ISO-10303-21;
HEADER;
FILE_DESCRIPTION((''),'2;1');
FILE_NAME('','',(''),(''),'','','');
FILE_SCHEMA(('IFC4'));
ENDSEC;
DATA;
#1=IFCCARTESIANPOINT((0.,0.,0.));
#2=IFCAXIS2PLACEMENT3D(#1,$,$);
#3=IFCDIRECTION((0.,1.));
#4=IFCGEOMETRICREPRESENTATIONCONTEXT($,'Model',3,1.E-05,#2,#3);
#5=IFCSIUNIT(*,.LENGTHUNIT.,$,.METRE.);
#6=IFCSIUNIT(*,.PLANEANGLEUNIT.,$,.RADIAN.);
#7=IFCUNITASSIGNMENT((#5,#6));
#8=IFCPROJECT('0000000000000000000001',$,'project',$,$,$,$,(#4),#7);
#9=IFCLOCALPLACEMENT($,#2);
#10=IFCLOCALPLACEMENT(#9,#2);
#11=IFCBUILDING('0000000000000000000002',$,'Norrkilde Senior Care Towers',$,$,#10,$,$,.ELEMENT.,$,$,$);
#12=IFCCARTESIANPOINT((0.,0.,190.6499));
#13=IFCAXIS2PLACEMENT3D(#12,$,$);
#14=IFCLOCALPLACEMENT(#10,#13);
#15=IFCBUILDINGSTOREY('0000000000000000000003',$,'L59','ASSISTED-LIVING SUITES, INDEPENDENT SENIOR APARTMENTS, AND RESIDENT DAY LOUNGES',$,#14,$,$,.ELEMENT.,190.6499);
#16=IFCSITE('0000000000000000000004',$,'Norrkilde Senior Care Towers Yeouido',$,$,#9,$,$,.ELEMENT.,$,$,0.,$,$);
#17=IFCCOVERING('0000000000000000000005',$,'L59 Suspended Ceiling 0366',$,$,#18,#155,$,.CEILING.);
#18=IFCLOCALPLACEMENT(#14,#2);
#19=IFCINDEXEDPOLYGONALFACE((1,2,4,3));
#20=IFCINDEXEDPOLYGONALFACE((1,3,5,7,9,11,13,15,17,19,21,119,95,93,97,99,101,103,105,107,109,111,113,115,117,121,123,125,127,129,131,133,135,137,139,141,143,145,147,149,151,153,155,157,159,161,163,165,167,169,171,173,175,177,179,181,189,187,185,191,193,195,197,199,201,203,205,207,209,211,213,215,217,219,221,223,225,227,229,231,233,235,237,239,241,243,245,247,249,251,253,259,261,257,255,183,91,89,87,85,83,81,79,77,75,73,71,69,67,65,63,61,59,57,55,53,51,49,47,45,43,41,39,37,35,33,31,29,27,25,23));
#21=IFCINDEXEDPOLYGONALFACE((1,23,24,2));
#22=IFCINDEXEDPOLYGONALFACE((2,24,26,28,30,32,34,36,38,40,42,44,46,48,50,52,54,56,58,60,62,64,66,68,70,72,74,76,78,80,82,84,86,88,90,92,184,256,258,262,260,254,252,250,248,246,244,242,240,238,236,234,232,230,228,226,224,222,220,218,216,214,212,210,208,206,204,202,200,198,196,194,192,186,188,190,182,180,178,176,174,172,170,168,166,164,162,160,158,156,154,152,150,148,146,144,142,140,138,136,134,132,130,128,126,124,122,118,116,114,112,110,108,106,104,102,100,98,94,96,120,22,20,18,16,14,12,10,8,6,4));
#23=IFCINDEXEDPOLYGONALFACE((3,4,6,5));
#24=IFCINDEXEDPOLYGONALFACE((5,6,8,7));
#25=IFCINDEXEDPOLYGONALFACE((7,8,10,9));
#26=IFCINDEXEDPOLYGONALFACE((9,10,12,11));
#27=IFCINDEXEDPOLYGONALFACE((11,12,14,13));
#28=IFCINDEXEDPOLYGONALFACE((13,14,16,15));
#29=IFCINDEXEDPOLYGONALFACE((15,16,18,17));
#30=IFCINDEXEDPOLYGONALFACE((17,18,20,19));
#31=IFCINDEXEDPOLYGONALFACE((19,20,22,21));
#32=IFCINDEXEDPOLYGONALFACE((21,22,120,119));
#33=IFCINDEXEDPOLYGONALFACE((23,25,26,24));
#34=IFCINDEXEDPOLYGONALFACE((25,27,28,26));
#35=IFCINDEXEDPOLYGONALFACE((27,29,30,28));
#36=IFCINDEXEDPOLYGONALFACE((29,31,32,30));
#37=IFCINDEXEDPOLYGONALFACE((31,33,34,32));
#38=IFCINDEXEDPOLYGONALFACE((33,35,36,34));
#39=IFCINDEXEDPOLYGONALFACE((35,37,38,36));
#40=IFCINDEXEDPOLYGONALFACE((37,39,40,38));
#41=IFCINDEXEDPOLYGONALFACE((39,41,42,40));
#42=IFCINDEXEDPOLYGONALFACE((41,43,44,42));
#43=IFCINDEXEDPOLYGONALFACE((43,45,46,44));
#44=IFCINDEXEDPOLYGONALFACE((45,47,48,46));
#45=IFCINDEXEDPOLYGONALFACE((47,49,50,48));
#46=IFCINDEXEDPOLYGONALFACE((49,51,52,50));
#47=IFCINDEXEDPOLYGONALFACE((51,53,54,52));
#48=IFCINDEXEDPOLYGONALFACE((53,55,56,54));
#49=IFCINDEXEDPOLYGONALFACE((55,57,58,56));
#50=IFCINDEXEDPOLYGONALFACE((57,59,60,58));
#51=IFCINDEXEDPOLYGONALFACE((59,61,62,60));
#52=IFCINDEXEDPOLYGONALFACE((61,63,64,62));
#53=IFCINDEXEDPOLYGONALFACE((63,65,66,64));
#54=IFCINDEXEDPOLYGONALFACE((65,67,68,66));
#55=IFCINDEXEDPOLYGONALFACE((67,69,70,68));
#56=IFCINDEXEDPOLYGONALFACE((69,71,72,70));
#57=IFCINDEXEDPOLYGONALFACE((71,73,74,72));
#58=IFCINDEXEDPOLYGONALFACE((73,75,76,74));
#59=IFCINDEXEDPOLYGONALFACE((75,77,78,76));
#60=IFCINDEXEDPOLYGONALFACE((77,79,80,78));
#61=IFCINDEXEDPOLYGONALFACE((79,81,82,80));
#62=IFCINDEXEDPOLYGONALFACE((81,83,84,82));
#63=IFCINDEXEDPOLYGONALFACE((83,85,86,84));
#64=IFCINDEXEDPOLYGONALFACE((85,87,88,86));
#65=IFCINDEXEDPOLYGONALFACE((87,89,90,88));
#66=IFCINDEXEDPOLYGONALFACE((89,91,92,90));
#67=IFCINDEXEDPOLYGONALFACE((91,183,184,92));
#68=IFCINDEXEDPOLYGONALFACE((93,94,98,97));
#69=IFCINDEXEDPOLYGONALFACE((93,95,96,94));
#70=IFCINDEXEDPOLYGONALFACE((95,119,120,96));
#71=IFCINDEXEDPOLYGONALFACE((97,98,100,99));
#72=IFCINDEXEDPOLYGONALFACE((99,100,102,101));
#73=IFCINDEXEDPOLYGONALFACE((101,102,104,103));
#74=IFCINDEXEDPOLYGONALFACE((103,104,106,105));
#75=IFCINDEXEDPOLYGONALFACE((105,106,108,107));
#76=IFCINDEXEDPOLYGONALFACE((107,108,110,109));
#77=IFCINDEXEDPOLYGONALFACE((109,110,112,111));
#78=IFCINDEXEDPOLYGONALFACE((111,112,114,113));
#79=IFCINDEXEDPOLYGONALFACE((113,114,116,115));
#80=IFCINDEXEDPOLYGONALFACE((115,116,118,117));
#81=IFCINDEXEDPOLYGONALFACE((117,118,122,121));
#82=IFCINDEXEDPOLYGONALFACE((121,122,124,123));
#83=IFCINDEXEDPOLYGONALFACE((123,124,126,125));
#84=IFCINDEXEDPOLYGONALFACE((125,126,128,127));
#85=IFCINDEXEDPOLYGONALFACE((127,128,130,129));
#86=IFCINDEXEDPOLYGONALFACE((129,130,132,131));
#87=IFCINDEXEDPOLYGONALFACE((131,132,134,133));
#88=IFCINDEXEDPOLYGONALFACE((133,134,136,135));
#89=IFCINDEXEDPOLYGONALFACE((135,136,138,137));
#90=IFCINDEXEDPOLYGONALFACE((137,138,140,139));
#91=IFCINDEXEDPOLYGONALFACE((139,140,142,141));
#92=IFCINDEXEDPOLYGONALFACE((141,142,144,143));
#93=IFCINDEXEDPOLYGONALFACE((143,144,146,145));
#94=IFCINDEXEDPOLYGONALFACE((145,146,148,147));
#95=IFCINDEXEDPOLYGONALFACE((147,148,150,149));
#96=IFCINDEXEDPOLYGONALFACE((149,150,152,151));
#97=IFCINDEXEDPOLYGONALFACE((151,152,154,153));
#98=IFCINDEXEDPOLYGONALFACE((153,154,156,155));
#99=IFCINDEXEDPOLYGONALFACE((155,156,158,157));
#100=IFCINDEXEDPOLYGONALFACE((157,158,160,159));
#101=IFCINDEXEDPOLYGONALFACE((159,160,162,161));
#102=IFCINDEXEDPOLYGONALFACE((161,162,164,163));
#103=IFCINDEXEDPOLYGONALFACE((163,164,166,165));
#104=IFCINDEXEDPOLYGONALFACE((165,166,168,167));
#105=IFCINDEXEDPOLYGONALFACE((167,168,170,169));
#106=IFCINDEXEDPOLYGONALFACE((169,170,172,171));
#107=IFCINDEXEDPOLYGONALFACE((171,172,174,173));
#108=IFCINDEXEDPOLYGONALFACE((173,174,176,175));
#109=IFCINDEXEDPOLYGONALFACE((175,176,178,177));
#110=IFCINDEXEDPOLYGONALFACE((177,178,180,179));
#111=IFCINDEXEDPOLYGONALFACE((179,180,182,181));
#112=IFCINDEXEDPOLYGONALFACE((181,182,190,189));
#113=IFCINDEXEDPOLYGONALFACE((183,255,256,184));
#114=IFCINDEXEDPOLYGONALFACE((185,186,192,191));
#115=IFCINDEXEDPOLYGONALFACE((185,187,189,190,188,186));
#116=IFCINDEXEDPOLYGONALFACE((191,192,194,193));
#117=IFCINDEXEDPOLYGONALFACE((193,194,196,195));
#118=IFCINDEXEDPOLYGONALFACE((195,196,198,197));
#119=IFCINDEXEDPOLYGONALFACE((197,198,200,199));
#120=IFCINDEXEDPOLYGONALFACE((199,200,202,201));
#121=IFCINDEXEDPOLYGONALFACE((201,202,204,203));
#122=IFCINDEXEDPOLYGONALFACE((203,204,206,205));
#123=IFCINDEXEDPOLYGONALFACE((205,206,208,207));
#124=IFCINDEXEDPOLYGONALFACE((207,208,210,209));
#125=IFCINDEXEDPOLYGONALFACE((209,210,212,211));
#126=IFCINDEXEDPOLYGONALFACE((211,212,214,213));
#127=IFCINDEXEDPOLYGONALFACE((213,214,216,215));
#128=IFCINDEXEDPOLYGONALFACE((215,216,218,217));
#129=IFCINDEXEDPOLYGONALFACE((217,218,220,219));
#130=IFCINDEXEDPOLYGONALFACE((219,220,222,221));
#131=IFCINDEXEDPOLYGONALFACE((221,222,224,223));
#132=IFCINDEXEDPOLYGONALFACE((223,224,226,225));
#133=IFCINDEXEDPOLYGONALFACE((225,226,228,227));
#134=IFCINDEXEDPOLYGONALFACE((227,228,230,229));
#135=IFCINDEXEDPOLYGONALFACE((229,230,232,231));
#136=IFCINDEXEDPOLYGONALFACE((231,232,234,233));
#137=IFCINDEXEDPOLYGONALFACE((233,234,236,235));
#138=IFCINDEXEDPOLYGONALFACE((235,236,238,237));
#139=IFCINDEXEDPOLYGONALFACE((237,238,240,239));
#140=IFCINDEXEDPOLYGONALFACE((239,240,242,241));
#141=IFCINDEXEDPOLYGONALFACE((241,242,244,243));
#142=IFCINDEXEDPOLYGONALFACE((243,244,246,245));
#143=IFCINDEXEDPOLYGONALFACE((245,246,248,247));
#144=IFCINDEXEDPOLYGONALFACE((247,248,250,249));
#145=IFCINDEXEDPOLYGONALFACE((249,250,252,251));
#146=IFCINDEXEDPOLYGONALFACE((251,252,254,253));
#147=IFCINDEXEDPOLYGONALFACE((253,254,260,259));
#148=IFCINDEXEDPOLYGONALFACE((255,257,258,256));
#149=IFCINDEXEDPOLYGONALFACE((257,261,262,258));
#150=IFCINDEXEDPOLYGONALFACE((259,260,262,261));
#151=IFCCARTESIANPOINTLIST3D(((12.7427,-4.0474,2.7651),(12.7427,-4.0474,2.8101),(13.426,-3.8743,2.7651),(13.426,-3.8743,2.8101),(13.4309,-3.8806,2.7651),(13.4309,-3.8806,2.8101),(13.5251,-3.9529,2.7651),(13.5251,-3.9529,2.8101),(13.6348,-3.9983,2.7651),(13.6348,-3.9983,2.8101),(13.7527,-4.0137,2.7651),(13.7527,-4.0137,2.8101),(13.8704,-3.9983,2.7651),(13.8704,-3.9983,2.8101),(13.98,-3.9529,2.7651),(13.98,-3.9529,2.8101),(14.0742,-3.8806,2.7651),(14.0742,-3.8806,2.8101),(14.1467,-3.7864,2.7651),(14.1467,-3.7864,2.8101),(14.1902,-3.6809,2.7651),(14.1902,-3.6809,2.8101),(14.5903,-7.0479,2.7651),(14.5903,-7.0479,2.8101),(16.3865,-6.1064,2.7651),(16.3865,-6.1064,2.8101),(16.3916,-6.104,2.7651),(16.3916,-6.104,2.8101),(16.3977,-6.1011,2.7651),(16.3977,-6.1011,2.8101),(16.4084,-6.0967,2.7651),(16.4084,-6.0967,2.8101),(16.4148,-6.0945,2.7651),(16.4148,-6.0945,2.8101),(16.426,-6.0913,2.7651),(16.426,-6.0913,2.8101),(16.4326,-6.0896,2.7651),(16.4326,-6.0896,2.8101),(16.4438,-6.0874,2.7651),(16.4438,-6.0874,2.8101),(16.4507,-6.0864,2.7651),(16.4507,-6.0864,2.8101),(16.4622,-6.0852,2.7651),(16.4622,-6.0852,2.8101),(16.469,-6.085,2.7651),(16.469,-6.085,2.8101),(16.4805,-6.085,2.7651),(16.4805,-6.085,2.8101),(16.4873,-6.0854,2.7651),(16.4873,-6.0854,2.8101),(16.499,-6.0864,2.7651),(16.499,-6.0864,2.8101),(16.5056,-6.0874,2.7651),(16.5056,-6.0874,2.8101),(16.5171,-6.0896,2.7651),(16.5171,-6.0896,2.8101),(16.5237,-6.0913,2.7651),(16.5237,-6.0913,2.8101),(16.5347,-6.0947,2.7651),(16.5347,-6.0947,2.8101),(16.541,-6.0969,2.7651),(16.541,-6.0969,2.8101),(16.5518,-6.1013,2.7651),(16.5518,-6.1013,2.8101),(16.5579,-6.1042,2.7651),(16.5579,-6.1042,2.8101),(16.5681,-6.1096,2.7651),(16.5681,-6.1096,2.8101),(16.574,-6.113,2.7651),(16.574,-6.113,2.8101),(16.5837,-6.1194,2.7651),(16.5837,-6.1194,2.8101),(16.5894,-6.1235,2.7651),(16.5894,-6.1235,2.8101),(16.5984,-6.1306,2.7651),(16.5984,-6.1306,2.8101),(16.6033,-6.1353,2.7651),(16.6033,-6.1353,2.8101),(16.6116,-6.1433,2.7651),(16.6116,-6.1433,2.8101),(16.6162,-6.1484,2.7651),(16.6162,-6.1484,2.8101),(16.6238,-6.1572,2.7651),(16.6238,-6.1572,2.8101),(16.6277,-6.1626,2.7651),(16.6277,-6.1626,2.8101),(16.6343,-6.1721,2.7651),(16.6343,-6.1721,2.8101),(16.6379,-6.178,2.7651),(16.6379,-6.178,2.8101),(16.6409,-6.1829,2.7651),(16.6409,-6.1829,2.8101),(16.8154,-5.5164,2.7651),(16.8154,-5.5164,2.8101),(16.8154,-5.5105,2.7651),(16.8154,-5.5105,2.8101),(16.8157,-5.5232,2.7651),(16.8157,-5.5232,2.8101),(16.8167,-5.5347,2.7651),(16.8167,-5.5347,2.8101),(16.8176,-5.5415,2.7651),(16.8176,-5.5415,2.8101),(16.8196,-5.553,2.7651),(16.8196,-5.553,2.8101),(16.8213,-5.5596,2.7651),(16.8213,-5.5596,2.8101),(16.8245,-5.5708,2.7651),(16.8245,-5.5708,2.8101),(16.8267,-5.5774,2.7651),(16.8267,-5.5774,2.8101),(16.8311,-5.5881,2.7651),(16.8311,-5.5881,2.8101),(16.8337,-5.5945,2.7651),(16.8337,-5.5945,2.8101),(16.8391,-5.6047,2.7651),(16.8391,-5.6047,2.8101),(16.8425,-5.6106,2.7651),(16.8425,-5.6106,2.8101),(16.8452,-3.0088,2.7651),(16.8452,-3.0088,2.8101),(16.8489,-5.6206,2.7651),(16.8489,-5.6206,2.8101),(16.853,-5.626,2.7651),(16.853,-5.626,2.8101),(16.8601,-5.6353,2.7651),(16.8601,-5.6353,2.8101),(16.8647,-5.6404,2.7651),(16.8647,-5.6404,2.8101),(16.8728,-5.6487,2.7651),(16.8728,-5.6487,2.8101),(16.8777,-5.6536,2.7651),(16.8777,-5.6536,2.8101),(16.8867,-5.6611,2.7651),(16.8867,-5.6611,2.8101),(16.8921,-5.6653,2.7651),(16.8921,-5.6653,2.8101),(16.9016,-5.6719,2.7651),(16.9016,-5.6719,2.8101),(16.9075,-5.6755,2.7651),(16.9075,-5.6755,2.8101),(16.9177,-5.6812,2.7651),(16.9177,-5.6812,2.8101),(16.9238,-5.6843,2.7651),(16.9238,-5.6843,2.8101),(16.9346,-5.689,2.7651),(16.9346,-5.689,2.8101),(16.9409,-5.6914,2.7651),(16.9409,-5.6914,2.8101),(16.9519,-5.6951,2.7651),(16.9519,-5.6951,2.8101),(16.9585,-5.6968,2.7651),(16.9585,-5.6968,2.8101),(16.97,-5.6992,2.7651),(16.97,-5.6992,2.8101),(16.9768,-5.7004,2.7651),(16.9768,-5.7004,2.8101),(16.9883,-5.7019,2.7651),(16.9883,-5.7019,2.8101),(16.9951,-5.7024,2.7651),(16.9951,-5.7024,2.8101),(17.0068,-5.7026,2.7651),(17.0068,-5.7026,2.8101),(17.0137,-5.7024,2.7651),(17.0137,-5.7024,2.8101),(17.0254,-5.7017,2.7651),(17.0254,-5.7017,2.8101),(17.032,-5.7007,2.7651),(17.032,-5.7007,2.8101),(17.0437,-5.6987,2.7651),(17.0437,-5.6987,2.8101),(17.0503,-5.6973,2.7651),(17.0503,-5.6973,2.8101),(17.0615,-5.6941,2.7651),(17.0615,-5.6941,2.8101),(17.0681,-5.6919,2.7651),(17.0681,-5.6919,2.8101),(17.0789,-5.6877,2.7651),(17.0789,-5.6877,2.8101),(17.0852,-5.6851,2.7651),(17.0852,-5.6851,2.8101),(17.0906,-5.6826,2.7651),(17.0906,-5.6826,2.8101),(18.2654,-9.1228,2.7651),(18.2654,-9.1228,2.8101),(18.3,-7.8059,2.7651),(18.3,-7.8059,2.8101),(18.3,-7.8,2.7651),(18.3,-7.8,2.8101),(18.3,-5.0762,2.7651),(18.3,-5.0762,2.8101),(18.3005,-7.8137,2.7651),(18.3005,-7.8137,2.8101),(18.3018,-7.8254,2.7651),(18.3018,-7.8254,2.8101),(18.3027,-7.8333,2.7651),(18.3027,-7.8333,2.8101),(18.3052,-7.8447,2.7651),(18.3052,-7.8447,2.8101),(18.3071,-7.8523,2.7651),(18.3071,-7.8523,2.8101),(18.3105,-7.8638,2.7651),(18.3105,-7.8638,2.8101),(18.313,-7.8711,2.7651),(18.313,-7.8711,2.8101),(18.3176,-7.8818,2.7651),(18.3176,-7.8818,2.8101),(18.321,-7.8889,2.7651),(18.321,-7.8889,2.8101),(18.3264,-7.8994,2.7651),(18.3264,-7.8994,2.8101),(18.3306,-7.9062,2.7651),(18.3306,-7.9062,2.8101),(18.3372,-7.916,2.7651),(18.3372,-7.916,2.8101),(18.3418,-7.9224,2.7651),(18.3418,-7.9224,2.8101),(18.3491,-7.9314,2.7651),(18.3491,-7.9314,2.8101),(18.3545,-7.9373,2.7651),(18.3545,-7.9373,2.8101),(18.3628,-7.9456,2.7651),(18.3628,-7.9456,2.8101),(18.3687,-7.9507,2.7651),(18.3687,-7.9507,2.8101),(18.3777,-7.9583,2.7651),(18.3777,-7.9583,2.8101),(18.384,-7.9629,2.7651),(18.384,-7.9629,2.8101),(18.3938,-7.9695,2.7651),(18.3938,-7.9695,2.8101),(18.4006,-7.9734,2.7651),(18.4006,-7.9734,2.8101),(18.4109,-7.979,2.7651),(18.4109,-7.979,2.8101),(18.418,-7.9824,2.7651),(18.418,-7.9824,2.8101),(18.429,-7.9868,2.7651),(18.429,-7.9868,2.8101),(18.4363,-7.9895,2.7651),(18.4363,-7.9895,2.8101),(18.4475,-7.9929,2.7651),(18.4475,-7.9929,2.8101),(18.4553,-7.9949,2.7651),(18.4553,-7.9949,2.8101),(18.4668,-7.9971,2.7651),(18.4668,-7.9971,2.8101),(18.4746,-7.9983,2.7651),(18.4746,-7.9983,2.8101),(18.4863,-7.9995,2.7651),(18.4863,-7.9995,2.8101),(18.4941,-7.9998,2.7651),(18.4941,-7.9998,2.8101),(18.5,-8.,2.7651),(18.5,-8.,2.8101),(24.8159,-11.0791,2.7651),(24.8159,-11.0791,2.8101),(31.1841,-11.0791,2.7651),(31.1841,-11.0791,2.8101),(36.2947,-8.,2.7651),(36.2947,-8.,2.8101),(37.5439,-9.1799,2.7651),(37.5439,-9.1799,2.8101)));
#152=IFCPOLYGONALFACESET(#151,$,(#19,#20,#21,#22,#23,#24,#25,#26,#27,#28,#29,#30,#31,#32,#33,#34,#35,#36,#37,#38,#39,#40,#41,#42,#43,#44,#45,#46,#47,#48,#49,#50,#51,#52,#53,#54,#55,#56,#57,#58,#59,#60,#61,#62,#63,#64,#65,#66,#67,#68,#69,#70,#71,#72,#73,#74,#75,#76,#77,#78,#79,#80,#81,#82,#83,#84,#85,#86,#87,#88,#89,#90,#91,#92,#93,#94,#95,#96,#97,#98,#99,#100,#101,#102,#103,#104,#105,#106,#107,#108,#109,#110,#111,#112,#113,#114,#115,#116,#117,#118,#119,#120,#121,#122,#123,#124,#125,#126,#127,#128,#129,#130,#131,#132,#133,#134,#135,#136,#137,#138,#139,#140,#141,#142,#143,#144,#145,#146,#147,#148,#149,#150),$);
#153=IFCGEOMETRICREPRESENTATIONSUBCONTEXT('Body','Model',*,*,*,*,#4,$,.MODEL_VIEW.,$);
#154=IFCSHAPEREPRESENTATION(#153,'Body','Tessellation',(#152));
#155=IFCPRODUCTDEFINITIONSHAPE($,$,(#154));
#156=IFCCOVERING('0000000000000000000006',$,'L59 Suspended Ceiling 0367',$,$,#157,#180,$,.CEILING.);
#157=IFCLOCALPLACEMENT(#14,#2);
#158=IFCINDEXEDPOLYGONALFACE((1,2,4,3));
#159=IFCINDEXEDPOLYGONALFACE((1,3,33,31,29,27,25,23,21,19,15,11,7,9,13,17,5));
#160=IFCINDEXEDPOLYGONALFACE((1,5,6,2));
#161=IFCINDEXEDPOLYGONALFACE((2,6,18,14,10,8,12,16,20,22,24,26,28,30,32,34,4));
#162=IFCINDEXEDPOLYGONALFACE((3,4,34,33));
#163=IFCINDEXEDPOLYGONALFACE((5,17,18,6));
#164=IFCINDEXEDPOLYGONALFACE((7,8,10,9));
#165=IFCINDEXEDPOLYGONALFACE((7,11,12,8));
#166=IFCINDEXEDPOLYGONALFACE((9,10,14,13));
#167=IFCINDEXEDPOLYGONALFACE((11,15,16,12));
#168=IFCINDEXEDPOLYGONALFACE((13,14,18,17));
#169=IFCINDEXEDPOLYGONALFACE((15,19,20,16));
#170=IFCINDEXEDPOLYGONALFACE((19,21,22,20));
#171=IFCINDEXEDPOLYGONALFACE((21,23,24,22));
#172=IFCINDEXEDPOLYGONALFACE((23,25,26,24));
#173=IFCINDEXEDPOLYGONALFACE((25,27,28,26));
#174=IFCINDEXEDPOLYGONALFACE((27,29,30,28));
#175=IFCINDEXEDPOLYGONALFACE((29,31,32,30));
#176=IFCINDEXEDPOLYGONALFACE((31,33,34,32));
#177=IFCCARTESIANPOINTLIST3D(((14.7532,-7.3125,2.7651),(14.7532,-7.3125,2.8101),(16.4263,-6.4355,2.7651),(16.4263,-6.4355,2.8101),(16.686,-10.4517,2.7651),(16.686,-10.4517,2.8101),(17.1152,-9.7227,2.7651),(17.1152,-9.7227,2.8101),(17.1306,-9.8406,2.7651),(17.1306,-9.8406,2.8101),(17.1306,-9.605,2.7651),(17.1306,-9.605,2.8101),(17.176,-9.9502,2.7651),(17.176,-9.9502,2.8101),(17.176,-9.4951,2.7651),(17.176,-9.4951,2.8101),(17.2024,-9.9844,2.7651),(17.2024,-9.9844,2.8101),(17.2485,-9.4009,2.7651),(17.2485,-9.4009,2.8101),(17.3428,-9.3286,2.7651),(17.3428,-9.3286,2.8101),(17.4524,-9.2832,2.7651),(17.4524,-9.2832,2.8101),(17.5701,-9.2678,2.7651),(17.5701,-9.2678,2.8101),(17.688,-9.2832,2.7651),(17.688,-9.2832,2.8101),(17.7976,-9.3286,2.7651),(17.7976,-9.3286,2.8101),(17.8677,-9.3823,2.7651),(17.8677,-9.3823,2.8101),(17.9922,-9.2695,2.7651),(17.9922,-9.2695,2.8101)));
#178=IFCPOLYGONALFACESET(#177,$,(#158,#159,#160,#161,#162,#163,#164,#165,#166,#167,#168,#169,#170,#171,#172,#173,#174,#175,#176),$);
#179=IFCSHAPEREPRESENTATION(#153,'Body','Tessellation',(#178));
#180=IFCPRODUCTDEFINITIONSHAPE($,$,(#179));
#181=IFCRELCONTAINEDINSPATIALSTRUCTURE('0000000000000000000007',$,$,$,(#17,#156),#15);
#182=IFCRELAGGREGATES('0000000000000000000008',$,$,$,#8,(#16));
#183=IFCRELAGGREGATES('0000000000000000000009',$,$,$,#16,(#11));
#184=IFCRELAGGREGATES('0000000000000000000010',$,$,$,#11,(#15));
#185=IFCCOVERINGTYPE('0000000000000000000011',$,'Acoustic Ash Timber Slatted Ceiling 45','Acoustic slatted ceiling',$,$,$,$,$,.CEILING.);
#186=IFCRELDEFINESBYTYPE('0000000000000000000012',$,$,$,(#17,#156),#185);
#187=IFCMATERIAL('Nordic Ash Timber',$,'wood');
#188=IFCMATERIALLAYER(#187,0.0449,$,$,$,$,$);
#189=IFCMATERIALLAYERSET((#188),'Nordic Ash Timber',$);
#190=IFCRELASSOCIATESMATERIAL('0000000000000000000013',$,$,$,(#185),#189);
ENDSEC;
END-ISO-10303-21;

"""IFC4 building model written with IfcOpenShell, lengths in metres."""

from ifc_helpers import new_model, si_unit, direction, frame, origin, place, context, subcontext, project, spatial, polyline, outline, extrude, material, layer, layer_set, type_object, element, save


model = new_model("IFC4")

# Units and contexts
model_context = context("Model", 3, precision=1e-05, world=origin(), true_north=direction((0.0, 1.0)))
body_context = subcontext(model_context, "Body", "Model", "MODEL_VIEW")
ifc_project = project(units=[si_unit("LENGTHUNIT", "METRE"), si_unit("PLANEANGLEUNIT", "RADIAN")], contexts=[model_context])

# Site, building, storey
site_placement = place(None, origin())
site = spatial("IfcSite", under=ifc_project, at=site_placement, Name="Norrkilde Senior Care Towers Yeouido", CompositionType="ELEMENT", RefElevation=0.0)
building_placement = place(site_placement, origin())
building = spatial("IfcBuilding", under=site, at=building_placement, Name="Norrkilde Senior Care Towers", CompositionType="ELEMENT")
storey_placement = place(building_placement, frame((0.0, 0.0, 190.6499)))
storey = spatial("IfcBuildingStorey", under=building, at=storey_placement, Name="L59", Description="ASSISTED-LIVING SUITES, INDEPENDENT SENIOR APARTMENTS, AND RESIDENT DAY LOUNGES", CompositionType="ELEMENT", Elevation=190.6499)

# Coverings
ifc_material_1 = material(Name="Nordic Ash Timber", Category="wood")
ifc_layer_1 = layer(ifc_material_1, 0.0449)
ifc_layer_set_1 = layer_set([ifc_layer_1], Name="Nordic Ash Timber")
covering_type_1 = type_object("IfcCoveringType", Name="Acoustic Ash Timber Slatted Ceiling 45", Description="Acoustic slatted ceiling", PredefinedType="CEILING", material=ifc_layer_set_1)
covering_1_placement = place(storey_placement, frame((0.0, 0.0, 2.7651)))
element("IfcCovering", 1, at=covering_1_placement, inside=storey, type_object=covering_type_1, Name="L59 Suspended Ceiling 0366", PredefinedType="CEILING", context=body_context, shape_type="SweptSolid", body=[
    extrude(outline(polyline([(16.8176, -5.5415), (16.8196, -5.553), (16.8213, -5.5596), (16.8245, -5.5708), (16.8267, -5.5774), (16.8311, -5.5881), (16.8337, -5.5945), (16.8391, -5.6047), (16.8425, -5.6106), (16.8489, -5.6206), (16.853, -5.626), (16.8601, -5.6353), (16.8647, -5.6404), (16.8728, -5.6487), (16.8777, -5.6536), (16.8867, -5.6611), (16.8921, -5.6653), (16.9016, -5.6719), (16.9075, -5.6755), (16.9177, -5.6812), (16.9238, -5.6843), (16.9346, -5.689), (16.9409, -5.6914), (16.9519, -5.6951), (16.9585, -5.6968), (16.97, -5.6992), (16.9768, -5.7004), (16.9883, -5.7019), (16.9951, -5.7024), (17.0068, -5.7026), (17.0137, -5.7024), (17.0254, -5.7017), (17.032, -5.7007), (17.0437, -5.6987), (17.0503, -5.6973), (17.0615, -5.6941), (17.0681, -5.6919), (17.0789, -5.6877), (17.0852, -5.6851), (17.0906, -5.6826), (18.3, -5.0762), (18.3, -7.8), (18.3, -7.8059), (18.3005, -7.8137), (18.3018, -7.8254), (18.3027, -7.8333), (18.3052, -7.8447), (18.3071, -7.8523), (18.3105, -7.8638), (18.313, -7.8711), (18.3176, -7.8818), (18.321, -7.8889), (18.3264, -7.8994), (18.3306, -7.9062), (18.3372, -7.916), (18.3418, -7.9224), (18.3491, -7.9314), (18.3545, -7.9373), (18.3628, -7.9456), (18.3687, -7.9507), (18.3777, -7.9583), (18.384, -7.9629), (18.3938, -7.9695), (18.4006, -7.9734), (18.4109, -7.979), (18.418, -7.9824), (18.429, -7.9868), (18.4363, -7.9895), (18.4475, -7.9929), (18.4553, -7.9949), (18.4668, -7.9971), (18.4746, -7.9983), (18.4863, -7.9995), (18.4941, -7.9998), (18.5, -8.0), (36.2947, -8.0), (37.5439, -9.1799), (31.1841, -11.0791), (24.8159, -11.0791), (18.2654, -9.1228), (16.6409, -6.1829), (16.6379, -6.178), (16.6343, -6.1721), (16.6277, -6.1626), (16.6238, -6.1572), (16.6162, -6.1484), (16.6116, -6.1433), (16.6033, -6.1353), (16.5984, -6.1306), (16.5894, -6.1235), (16.5837, -6.1194), (16.574, -6.113), (16.5681, -6.1096), (16.5579, -6.1042), (16.5518, -6.1013), (16.541, -6.0969), (16.5347, -6.0947), (16.5237, -6.0913), (16.5171, -6.0896), (16.5056, -6.0874), (16.499, -6.0864), (16.4873, -6.0854), (16.4805, -6.085), (16.469, -6.085), (16.4622, -6.0852), (16.4507, -6.0864), (16.4438, -6.0874), (16.4326, -6.0896), (16.426, -6.0913), (16.4148, -6.0945), (16.4084, -6.0967), (16.3977, -6.1011), (16.3916, -6.104), (16.3865, -6.1064), (14.5903, -7.0479), (12.7427, -4.0474), (13.426, -3.8743), (13.4309, -3.8806), (13.5251, -3.9529), (13.6348, -3.9983), (13.7527, -4.0137), (13.8704, -3.9983), (13.98, -3.9529), (14.0742, -3.8806), (14.1467, -3.7864), (14.1902, -3.6809), (16.8452, -3.0088), (16.8154, -5.5105), (16.8154, -5.5164), (16.8157, -5.5232), (16.8167, -5.5347), (16.8176, -5.5415)])), origin(), (0.0, 0.0, 1.0), 0.0449),
])
covering_2_placement = place(storey_placement, frame((0.0, 0.0, 2.7651)))
element("IfcCovering", 2, at=covering_2_placement, inside=storey, type_object=covering_type_1, Name="L59 Suspended Ceiling 0367", PredefinedType="CEILING", context=body_context, shape_type="SweptSolid", body=[
    extrude(outline(polyline([(17.8677, -9.3823), (17.7976, -9.3286), (17.688, -9.2832), (17.5701, -9.2678), (17.4524, -9.2832), (17.3428, -9.3286), (17.2485, -9.4009), (17.176, -9.4951), (17.1306, -9.605), (17.1152, -9.7227), (17.1306, -9.8406), (17.176, -9.9502), (17.2024, -9.9844), (16.686, -10.4517), (14.7532, -7.3125), (16.4263, -6.4355), (17.9922, -9.2695), (17.8677, -9.3823)])), origin(), (0.0, 0.0, 1.0), 0.0449),
])

save(model, "model.ifc")
